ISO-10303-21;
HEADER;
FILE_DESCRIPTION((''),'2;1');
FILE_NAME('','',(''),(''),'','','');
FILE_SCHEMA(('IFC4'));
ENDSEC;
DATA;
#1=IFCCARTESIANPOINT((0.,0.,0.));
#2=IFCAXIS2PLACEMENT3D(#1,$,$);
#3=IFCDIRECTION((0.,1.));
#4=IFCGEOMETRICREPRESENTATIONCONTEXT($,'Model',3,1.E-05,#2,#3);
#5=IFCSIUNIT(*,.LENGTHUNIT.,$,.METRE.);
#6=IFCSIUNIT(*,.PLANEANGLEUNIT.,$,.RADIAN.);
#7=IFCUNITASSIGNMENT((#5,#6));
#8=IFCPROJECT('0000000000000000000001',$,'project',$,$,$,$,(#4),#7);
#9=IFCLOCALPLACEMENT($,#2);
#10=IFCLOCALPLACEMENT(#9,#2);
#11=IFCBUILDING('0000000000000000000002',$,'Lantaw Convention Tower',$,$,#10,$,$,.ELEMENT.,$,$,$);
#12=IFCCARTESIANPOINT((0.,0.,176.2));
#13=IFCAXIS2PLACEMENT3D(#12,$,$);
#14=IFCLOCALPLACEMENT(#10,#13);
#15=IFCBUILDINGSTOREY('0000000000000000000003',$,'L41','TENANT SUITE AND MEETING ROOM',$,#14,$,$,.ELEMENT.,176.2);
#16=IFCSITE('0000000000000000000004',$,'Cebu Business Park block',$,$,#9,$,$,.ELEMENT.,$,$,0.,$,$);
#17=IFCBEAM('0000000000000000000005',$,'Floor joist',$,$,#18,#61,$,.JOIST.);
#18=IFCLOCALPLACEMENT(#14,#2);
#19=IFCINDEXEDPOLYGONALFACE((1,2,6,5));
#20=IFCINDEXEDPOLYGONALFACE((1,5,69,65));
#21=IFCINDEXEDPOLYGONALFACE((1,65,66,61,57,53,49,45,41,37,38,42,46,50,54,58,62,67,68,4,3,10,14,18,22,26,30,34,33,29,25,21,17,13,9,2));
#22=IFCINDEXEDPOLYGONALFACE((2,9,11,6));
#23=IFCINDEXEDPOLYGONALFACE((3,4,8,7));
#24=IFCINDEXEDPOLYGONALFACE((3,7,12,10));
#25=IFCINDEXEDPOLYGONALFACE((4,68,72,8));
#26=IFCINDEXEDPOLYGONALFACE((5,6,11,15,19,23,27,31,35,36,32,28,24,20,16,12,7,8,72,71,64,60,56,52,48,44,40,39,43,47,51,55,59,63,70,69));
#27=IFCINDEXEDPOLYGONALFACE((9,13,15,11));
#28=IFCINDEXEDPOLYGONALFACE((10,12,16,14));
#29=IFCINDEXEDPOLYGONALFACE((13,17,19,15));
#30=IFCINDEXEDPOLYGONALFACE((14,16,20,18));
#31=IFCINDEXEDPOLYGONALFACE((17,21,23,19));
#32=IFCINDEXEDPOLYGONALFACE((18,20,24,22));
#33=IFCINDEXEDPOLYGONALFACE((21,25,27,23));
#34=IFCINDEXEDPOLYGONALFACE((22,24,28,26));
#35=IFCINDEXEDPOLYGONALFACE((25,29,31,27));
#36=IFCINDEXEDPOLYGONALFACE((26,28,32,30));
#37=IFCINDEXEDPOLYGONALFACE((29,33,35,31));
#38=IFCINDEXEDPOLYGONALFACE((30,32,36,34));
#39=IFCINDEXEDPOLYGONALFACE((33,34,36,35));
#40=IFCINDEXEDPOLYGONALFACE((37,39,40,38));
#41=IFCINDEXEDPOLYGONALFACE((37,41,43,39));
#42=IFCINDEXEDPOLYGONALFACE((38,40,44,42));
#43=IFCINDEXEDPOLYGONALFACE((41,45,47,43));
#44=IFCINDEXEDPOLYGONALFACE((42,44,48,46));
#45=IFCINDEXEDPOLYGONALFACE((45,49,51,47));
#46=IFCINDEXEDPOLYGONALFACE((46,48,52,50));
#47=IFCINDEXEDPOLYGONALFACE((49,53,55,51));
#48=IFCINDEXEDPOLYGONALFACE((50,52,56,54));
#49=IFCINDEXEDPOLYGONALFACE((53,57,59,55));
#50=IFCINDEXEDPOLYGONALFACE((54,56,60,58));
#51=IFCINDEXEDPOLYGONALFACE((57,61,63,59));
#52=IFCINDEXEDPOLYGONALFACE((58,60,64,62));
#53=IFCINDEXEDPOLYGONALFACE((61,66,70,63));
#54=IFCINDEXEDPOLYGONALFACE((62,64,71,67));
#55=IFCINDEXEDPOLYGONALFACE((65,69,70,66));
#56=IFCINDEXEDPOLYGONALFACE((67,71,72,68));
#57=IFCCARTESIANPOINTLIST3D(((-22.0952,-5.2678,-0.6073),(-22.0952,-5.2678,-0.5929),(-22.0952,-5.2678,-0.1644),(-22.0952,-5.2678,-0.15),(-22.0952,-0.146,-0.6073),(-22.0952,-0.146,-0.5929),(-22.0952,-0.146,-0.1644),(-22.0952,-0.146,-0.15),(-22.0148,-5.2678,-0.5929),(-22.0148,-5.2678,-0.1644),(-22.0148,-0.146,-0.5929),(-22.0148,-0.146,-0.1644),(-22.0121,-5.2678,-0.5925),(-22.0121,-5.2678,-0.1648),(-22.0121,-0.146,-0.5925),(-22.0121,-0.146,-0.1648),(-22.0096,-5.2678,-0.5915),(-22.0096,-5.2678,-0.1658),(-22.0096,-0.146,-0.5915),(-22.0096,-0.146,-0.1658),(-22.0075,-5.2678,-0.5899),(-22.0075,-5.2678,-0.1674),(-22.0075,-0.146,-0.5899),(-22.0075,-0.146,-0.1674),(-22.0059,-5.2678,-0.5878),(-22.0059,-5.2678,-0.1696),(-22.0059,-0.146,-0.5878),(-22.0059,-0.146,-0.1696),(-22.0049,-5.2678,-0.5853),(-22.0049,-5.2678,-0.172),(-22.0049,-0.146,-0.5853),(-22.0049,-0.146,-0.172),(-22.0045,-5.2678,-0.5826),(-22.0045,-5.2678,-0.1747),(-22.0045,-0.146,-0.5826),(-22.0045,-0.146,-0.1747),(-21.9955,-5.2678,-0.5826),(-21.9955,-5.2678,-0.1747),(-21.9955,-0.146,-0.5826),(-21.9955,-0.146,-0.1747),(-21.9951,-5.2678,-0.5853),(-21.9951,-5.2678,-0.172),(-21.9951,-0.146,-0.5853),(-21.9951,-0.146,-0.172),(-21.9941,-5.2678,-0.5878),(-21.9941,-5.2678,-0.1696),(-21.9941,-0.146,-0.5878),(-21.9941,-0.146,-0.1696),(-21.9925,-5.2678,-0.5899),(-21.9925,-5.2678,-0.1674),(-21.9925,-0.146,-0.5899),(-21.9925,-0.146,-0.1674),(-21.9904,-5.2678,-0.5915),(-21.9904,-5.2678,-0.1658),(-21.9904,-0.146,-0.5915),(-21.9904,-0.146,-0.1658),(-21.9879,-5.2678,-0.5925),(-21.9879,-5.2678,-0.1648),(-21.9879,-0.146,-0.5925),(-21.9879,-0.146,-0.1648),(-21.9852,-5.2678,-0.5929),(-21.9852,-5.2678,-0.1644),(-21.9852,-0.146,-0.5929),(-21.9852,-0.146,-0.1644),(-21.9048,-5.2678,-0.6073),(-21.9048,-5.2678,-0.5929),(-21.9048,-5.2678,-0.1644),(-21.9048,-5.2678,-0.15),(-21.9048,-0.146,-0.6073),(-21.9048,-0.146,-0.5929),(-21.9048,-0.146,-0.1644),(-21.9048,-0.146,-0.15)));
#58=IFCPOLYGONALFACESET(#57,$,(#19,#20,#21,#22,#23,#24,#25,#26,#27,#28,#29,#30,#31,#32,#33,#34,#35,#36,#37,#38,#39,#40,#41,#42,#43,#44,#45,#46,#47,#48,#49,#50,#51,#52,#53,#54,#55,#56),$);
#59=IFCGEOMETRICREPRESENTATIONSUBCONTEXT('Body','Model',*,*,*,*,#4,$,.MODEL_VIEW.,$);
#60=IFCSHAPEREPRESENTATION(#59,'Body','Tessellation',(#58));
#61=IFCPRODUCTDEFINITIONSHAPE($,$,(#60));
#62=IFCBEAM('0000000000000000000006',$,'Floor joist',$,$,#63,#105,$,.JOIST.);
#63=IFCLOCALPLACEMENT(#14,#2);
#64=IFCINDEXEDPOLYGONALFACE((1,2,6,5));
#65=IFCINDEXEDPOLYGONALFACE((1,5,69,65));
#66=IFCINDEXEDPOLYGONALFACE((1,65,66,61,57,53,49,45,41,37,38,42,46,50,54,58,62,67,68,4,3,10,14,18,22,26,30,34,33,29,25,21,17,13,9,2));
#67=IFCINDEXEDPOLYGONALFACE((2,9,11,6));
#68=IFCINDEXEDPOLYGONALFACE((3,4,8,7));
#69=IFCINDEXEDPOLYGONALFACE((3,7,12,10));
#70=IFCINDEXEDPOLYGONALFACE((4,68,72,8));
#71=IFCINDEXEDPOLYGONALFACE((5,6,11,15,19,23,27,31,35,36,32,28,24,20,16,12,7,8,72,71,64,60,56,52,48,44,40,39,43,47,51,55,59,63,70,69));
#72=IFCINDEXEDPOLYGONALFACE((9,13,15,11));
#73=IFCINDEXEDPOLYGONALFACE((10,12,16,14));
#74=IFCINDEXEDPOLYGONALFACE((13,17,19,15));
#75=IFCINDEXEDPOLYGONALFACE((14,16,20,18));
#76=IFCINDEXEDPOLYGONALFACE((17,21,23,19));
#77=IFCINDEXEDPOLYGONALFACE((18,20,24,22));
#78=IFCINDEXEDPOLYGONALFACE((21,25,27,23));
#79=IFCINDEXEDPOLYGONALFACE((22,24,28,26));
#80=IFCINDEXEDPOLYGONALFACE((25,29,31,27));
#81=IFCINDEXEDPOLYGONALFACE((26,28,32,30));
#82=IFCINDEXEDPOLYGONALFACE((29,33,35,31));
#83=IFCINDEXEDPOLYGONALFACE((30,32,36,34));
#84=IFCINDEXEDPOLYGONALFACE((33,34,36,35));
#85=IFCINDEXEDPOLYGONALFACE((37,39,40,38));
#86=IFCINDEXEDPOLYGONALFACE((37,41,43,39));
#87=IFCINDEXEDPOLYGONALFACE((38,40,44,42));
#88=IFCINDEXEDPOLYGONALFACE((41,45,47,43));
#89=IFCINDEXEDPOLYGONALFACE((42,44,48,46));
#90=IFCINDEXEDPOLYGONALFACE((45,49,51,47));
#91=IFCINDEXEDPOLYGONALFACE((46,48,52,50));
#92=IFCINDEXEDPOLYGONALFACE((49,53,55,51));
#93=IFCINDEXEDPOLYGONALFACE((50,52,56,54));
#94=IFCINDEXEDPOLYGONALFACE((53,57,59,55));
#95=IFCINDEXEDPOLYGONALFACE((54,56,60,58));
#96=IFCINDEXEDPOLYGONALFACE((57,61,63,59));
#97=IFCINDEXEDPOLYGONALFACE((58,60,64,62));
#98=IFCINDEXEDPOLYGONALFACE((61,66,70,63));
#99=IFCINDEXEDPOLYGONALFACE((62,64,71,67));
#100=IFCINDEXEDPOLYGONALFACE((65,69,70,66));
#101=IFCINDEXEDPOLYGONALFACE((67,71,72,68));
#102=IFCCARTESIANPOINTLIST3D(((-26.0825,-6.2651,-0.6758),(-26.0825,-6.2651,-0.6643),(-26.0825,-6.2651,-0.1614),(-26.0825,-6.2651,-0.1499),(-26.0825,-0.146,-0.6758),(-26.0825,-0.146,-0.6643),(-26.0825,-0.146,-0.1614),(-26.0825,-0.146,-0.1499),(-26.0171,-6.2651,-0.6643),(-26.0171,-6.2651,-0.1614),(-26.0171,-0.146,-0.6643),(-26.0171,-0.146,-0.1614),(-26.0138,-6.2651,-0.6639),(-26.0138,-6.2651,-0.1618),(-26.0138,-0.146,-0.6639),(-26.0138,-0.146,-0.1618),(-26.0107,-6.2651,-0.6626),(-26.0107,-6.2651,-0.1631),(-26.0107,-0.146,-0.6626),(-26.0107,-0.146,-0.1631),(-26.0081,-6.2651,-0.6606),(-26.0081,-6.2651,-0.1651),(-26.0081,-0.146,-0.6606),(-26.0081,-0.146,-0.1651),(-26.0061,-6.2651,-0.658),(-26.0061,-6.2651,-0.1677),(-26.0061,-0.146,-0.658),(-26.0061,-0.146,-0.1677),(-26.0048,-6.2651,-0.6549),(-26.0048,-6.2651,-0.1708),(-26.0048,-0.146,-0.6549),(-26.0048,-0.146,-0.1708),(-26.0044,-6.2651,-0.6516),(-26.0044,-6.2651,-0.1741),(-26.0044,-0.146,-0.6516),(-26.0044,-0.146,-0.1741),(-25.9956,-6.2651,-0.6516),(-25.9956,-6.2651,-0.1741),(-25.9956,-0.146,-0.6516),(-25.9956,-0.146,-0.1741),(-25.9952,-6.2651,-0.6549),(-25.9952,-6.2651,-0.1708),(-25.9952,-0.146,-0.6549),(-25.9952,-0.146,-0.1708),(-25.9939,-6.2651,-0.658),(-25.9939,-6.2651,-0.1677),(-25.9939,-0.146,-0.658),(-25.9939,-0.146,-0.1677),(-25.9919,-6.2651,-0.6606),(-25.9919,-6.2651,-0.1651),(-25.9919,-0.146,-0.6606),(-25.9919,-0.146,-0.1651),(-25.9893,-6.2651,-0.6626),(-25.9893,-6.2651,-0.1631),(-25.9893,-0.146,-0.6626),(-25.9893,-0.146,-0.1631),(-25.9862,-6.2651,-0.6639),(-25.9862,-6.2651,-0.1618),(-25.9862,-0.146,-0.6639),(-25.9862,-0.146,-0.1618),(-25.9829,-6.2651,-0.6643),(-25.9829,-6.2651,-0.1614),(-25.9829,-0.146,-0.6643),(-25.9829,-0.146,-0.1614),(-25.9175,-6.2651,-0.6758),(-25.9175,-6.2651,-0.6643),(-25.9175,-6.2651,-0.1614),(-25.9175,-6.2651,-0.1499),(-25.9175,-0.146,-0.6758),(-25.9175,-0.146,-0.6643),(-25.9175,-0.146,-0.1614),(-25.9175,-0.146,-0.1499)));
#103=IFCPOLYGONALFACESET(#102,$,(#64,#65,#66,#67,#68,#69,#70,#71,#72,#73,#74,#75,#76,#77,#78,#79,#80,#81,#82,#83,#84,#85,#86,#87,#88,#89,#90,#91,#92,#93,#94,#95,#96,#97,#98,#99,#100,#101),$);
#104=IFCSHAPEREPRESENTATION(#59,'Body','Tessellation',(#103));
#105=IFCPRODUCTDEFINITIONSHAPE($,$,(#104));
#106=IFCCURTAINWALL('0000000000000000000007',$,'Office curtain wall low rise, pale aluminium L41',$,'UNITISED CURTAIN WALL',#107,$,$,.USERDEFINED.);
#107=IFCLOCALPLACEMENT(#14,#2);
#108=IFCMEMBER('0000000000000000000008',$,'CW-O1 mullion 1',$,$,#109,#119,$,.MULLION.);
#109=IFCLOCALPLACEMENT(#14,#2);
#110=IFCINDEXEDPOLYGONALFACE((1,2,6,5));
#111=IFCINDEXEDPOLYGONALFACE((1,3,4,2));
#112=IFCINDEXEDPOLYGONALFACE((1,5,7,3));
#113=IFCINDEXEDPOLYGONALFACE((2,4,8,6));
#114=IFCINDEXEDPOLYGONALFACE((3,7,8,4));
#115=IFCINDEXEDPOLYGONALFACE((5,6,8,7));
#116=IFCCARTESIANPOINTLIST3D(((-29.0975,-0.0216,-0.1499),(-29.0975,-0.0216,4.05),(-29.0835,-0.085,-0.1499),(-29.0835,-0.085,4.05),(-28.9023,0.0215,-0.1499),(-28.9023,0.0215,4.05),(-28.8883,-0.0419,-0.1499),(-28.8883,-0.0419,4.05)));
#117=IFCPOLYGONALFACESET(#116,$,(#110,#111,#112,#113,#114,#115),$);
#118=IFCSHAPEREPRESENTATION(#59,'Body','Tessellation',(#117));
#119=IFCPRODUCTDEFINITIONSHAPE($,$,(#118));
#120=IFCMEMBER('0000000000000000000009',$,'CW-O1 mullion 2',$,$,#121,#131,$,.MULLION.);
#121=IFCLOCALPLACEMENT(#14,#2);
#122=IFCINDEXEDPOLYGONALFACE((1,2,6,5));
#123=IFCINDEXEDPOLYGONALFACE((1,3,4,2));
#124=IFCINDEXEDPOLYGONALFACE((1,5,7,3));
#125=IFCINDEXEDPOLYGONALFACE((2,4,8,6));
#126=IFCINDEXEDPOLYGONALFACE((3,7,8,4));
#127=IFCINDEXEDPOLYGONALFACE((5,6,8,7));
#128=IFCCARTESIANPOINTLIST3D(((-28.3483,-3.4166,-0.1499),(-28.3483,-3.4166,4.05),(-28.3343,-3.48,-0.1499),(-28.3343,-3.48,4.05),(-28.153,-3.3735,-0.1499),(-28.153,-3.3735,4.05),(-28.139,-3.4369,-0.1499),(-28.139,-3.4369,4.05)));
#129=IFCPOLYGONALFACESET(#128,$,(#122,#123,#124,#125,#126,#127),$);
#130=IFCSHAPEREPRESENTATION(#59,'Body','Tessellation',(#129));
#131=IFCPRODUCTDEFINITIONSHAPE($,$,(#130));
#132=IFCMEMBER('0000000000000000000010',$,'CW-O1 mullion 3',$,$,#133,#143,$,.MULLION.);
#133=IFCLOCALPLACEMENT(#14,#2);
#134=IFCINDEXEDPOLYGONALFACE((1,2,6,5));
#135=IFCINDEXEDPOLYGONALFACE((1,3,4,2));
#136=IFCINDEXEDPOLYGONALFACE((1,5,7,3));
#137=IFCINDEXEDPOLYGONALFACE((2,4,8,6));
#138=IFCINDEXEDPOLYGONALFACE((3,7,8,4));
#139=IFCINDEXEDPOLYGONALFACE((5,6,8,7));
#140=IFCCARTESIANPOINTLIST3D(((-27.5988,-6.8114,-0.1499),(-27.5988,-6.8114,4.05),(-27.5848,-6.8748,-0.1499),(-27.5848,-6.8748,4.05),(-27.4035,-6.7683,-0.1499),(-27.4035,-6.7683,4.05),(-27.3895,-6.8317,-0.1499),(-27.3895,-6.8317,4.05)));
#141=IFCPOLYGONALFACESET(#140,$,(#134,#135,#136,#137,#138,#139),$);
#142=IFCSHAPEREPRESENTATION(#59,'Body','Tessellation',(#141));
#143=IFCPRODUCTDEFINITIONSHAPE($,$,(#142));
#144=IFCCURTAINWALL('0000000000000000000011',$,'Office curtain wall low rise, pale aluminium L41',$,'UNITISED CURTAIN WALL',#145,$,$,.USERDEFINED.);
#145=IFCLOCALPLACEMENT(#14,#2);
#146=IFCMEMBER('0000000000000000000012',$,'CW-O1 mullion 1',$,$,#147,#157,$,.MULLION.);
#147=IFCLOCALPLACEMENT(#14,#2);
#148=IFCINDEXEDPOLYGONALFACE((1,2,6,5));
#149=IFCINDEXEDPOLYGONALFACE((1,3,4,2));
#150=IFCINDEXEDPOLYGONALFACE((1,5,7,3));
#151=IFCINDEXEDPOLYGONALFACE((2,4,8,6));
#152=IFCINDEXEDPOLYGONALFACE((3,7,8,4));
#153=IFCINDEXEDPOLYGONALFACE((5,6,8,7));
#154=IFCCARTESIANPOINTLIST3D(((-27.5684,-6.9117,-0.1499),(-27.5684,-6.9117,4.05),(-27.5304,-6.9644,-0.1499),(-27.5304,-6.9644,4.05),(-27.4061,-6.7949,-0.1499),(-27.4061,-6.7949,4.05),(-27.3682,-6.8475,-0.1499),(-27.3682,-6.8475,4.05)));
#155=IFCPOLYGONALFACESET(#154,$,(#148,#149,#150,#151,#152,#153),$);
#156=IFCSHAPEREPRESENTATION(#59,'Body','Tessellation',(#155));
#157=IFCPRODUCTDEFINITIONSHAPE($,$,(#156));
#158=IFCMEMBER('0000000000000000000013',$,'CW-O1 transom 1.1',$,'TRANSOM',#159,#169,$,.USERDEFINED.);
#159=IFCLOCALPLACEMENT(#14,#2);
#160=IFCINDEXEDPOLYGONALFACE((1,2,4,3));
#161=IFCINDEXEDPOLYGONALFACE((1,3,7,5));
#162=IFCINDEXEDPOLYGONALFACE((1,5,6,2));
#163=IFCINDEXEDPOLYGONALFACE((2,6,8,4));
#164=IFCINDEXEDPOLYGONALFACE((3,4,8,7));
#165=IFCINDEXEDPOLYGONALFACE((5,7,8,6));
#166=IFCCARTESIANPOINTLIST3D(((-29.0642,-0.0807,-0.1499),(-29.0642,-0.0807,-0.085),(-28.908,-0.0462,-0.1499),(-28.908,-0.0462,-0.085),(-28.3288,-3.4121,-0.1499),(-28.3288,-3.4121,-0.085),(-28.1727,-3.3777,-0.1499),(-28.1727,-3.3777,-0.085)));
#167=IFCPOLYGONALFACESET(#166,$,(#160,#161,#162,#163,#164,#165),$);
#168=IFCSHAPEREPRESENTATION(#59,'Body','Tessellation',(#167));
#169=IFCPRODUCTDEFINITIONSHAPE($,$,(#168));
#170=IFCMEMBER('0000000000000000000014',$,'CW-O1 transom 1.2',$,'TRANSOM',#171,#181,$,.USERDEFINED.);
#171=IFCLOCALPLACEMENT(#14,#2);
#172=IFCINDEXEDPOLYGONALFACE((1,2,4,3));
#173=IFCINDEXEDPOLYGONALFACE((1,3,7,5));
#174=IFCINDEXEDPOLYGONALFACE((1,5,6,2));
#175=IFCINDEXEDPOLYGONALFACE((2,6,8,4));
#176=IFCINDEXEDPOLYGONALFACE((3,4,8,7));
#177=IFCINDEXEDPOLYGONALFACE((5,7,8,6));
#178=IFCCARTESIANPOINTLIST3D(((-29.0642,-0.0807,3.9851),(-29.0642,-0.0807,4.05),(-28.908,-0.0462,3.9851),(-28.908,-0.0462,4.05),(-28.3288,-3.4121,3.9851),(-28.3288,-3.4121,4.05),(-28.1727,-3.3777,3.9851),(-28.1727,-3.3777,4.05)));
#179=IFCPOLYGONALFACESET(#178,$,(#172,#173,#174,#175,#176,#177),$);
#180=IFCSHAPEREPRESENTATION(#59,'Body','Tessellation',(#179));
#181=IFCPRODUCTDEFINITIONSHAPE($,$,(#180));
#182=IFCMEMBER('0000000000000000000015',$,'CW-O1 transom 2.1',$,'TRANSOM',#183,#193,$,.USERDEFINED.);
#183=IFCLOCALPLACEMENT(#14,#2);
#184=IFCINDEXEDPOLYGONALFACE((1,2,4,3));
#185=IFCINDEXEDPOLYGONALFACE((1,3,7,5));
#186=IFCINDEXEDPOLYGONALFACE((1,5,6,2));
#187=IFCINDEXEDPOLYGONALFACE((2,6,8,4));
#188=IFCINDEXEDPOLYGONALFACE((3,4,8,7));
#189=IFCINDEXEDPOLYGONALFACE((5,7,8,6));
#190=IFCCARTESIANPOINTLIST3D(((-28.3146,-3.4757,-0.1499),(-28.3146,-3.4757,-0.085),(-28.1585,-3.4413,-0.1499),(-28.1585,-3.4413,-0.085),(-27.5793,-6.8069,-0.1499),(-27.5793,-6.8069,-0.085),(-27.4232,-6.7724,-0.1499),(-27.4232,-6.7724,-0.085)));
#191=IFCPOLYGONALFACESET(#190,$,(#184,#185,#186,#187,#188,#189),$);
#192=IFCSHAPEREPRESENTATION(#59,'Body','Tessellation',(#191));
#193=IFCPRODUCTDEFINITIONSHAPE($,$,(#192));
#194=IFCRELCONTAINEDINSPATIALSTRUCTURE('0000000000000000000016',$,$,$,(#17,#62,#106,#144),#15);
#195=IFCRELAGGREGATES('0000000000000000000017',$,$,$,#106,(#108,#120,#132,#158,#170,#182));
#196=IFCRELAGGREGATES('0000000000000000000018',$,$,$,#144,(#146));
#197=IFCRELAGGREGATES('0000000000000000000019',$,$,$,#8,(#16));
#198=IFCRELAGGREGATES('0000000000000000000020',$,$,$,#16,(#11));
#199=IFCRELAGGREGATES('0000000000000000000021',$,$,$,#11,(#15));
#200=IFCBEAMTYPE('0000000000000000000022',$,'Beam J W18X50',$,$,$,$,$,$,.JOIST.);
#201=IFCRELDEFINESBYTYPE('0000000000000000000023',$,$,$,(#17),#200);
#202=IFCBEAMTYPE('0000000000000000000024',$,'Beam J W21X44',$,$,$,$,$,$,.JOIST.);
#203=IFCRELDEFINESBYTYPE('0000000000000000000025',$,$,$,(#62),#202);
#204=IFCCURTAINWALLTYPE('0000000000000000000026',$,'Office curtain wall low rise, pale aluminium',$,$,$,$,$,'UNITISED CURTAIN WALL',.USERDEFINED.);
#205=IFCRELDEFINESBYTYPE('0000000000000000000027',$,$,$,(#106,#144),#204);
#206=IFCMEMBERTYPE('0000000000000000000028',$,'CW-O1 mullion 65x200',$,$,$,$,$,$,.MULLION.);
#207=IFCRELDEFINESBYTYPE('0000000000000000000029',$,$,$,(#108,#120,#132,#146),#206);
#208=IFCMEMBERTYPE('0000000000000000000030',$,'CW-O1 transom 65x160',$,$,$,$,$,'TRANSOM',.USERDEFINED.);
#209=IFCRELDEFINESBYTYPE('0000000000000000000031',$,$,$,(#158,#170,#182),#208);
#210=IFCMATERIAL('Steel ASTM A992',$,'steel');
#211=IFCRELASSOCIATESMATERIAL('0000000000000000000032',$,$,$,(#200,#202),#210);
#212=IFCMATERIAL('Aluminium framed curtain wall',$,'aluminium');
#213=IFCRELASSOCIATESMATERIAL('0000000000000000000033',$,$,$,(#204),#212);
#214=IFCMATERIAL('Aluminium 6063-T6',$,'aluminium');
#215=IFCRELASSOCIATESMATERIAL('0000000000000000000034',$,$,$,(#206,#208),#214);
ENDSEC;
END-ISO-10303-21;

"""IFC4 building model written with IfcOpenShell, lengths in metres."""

from ifc_helpers import new_model, si_unit, direction, frame, origin, origin_2d, place, context, subcontext, project, spatial, rectangle, i_section, extrude, material, material_profile, profile_set, type_object, element, aggregate, save


model = new_model("IFC4")

# Units and contexts
model_context = context("Model", 3, precision=1e-05, world=origin(), true_north=direction((0.0, 1.0)))
body_context = subcontext(model_context, "Body", "Model", "MODEL_VIEW")
ifc_project = project(units=[si_unit("LENGTHUNIT", "METRE"), si_unit("PLANEANGLEUNIT", "RADIAN")], contexts=[model_context])

# Site, building, storey
site_placement = place(None, origin())
site = spatial("IfcSite", under=ifc_project, at=site_placement, Name="Cebu Business Park block", CompositionType="ELEMENT", RefElevation=0.0)
building_placement = place(site_placement, origin())
building = spatial("IfcBuilding", under=site, at=building_placement, Name="Lantaw Convention Tower", CompositionType="ELEMENT")
storey_placement = place(building_placement, frame((0.0, 0.0, 176.2)))
storey = spatial("IfcBuildingStorey", under=building, at=storey_placement, Name="L41", Description="TENANT SUITE AND MEETING ROOM", CompositionType="ELEMENT", Elevation=176.2)

# Beams
ifc_material_1 = material(Name="Steel ASTM A992", Category="steel")
ifc_material_profile_1 = material_profile(ifc_material_1, i_section(OverallWidth=0.1904, OverallDepth=0.4573, WebThickness=0.009, FlangeThickness=0.0144, FilletRadius=0.0103, at=origin_2d()), Name="W18X50")
ifc_profile_set_1 = profile_set([ifc_material_profile_1], Name="Steel ASTM A992")
beam_type_1 = type_object("IfcBeamType", Name="Beam J W18X50", PredefinedType="JOIST", material=ifc_profile_set_1)
beam_1_placement = place(storey_placement, frame((-22.0, -5.2678, -0.3787), z_axis=(0.0, 1.0, 0.0), x_axis=(-1.0, 0.0, 0.0)))
element("IfcBeam", 1, at=beam_1_placement, inside=storey, type_object=beam_type_1, Name="Floor joist", PredefinedType="JOIST", context=body_context, shape_type="SweptSolid", body=[
    extrude(i_section(OverallWidth=0.1904, OverallDepth=0.4573, WebThickness=0.009, FlangeThickness=0.0144, FilletRadius=0.0103, at=origin_2d()), origin(), (0.0, 0.0, 1.0), 5.1218),
])
ifc_material_profile_2 = material_profile(ifc_material_1, i_section(OverallWidth=0.165, OverallDepth=0.5259, WebThickness=0.0088, FlangeThickness=0.0115, FilletRadius=0.0127, at=origin_2d()), Name="W21X44")
ifc_profile_set_2 = profile_set([ifc_material_profile_2], Name="Steel ASTM A992")
beam_type_2 = type_object("IfcBeamType", Name="Beam J W21X44", PredefinedType="JOIST", material=ifc_profile_set_2)
beam_2_placement = place(storey_placement, frame((-26.0, -6.2651, -0.4128), z_axis=(0.0, 1.0, 0.0), x_axis=(-1.0, 0.0, 0.0)))
element("IfcBeam", 2, at=beam_2_placement, inside=storey, type_object=beam_type_2, Name="Floor joist", PredefinedType="JOIST", context=body_context, shape_type="SweptSolid", body=[
    extrude(i_section(OverallWidth=0.165, OverallDepth=0.5259, WebThickness=0.0088, FlangeThickness=0.0115, FilletRadius=0.0127, at=origin_2d()), origin(), (0.0, 0.0, 1.0), 6.1191),
])

# Curtain wall, members
ifc_material_2 = material(Name="Aluminium framed curtain wall", Category="aluminium")
curtain_wall_type = type_object("IfcCurtainWallType", Name="Office curtain wall low rise, pale aluminium", ElementType="UNITISED CURTAIN WALL", PredefinedType="USERDEFINED", material=ifc_material_2)
curtain_wall_1_placement = place(storey_placement, origin())
curtain_wall_1 = element("IfcCurtainWall", 3, at=curtain_wall_1_placement, inside=storey, type_object=curtain_wall_type, Name="Office curtain wall low rise, pale aluminium L41", ObjectType="UNITISED CURTAIN WALL", PredefinedType="USERDEFINED")
ifc_material_3 = material(Name="Aluminium 6063-T6", Category="aluminium")
ifc_material_profile_3 = material_profile(ifc_material_3, rectangle(XDim=0.2, YDim=0.0649, at=origin_2d()), Name="CW-O1 mullion 65x200")
ifc_profile_set_3 = profile_set([ifc_material_profile_3], Name="Aluminium 6063-T6")
member_type_1 = type_object("IfcMemberType", Name="CW-O1 mullion 65x200", PredefinedType="MULLION", material=ifc_profile_set_3)
member_1_placement = place(storey_placement, frame((-28.9929, -0.0317, -0.1499), z_axis=(0.0, 0.0, 1.0), x_axis=(0.976494, 0.215546, 0.0)))
member_1 = element("IfcMember", 4, at=member_1_placement, type_object=member_type_1, Name="CW-O1 mullion 1", PredefinedType="MULLION", context=body_context, shape_type="SweptSolid", body=[
    extrude(rectangle(XDim=0.2, YDim=0.0649, at=origin_2d()), origin(), (0.0, 0.0, 1.0), 4.2),
])
member_2_placement = place(storey_placement, frame((-28.2437, -3.4268, -0.1499), z_axis=(0.0, 0.0, 1.0), x_axis=(0.976494, 0.215546, 0.0)))
member_2 = element("IfcMember", 5, at=member_2_placement, type_object=member_type_1, Name="CW-O1 mullion 2", PredefinedType="MULLION", context=body_context, shape_type="SweptSolid", body=[
    extrude(rectangle(XDim=0.2, YDim=0.0649, at=origin_2d()), origin(), (0.0, 0.0, 1.0), 4.2),
])
member_3_placement = place(storey_placement, frame((-27.4941, -6.8215, -0.1499), z_axis=(0.0, 0.0, 1.0), x_axis=(0.976494, 0.215546, 0.0)))
member_3 = element("IfcMember", 6, at=member_3_placement, type_object=member_type_1, Name="CW-O1 mullion 3", PredefinedType="MULLION", context=body_context, shape_type="SweptSolid", body=[
    extrude(rectangle(XDim=0.2, YDim=0.0649, at=origin_2d()), origin(), (0.0, 0.0, 1.0), 4.2),
])

# Curtain wall, member
curtain_wall_2_placement = place(storey_placement, origin())
curtain_wall_2 = element("IfcCurtainWall", 7, at=curtain_wall_2_placement, inside=storey, type_object=curtain_wall_type, Name="Office curtain wall low rise, pale aluminium L41", ObjectType="UNITISED CURTAIN WALL", PredefinedType="USERDEFINED")
member_4_placement = place(storey_placement, frame((-27.4683, -6.8796, -0.1499), z_axis=(0.0, 0.0, 1.0), x_axis=(0.811385, 0.584513, 0.0)))
member_4 = element("IfcMember", 8, at=member_4_placement, type_object=member_type_1, Name="CW-O1 mullion 1", PredefinedType="MULLION", context=body_context, shape_type="SweptSolid", body=[
    extrude(rectangle(XDim=0.2, YDim=0.0649, at=origin_2d()), origin(), (0.0, 0.0, 1.0), 4.2),
])

# Members
ifc_material_profile_4 = material_profile(ifc_material_3, rectangle(XDim=0.1599, YDim=0.0649, at=origin_2d()), Name="CW-O1 transom 65x160")
ifc_profile_set_4 = profile_set([ifc_material_profile_4], Name="Aluminium 6063-T6")
member_type_2 = type_object("IfcMemberType", Name="CW-O1 transom 65x160", ElementType="TRANSOM", PredefinedType="USERDEFINED", material=ifc_profile_set_4)
member_5_placement = place(storey_placement, frame((-28.9861, -0.0635, -0.1174), z_axis=(0.215536, -0.976496, 0.0), x_axis=(0.976496, 0.215536, 0.0)))
member_5 = element("IfcMember", 9, at=member_5_placement, type_object=member_type_2, Name="CW-O1 transom 1.1", ObjectType="TRANSOM", PredefinedType="USERDEFINED", context=body_context, shape_type="SweptSolid", body=[
    extrude(rectangle(XDim=0.1599, YDim=0.0649, at=origin_2d()), origin(), (0.0, 0.0, 1.0), 3.4116),
])
member_6_placement = place(storey_placement, frame((-28.9861, -0.0635, 4.0176), z_axis=(0.215536, -0.976496, 0.0), x_axis=(0.976496, 0.215536, 0.0)))
member_6 = element("IfcMember", 10, at=member_6_placement, type_object=member_type_2, Name="CW-O1 transom 1.2", ObjectType="TRANSOM", PredefinedType="USERDEFINED", context=body_context, shape_type="SweptSolid", body=[
    extrude(rectangle(XDim=0.1599, YDim=0.0649, at=origin_2d()), origin(), (0.0, 0.0, 1.0), 3.4116),
])
member_7_placement = place(storey_placement, frame((-28.2366, -3.4585, -0.1174), z_axis=(0.215551, -0.976493, 0.0), x_axis=(0.976493, 0.215551, 0.0)))
member_7 = element("IfcMember", 11, at=member_7_placement, type_object=member_type_2, Name="CW-O1 transom 2.1", ObjectType="TRANSOM", PredefinedType="USERDEFINED", context=body_context, shape_type="SweptSolid", body=[
    extrude(rectangle(XDim=0.1599, YDim=0.0649, at=origin_2d()), origin(), (0.0, 0.0, 1.0), 3.4114),
])

aggregate(curtain_wall_1, [member_1, member_2, member_3, member_5, member_6, member_7])
aggregate(curtain_wall_2, [member_4])

save(model, "model.ifc")
